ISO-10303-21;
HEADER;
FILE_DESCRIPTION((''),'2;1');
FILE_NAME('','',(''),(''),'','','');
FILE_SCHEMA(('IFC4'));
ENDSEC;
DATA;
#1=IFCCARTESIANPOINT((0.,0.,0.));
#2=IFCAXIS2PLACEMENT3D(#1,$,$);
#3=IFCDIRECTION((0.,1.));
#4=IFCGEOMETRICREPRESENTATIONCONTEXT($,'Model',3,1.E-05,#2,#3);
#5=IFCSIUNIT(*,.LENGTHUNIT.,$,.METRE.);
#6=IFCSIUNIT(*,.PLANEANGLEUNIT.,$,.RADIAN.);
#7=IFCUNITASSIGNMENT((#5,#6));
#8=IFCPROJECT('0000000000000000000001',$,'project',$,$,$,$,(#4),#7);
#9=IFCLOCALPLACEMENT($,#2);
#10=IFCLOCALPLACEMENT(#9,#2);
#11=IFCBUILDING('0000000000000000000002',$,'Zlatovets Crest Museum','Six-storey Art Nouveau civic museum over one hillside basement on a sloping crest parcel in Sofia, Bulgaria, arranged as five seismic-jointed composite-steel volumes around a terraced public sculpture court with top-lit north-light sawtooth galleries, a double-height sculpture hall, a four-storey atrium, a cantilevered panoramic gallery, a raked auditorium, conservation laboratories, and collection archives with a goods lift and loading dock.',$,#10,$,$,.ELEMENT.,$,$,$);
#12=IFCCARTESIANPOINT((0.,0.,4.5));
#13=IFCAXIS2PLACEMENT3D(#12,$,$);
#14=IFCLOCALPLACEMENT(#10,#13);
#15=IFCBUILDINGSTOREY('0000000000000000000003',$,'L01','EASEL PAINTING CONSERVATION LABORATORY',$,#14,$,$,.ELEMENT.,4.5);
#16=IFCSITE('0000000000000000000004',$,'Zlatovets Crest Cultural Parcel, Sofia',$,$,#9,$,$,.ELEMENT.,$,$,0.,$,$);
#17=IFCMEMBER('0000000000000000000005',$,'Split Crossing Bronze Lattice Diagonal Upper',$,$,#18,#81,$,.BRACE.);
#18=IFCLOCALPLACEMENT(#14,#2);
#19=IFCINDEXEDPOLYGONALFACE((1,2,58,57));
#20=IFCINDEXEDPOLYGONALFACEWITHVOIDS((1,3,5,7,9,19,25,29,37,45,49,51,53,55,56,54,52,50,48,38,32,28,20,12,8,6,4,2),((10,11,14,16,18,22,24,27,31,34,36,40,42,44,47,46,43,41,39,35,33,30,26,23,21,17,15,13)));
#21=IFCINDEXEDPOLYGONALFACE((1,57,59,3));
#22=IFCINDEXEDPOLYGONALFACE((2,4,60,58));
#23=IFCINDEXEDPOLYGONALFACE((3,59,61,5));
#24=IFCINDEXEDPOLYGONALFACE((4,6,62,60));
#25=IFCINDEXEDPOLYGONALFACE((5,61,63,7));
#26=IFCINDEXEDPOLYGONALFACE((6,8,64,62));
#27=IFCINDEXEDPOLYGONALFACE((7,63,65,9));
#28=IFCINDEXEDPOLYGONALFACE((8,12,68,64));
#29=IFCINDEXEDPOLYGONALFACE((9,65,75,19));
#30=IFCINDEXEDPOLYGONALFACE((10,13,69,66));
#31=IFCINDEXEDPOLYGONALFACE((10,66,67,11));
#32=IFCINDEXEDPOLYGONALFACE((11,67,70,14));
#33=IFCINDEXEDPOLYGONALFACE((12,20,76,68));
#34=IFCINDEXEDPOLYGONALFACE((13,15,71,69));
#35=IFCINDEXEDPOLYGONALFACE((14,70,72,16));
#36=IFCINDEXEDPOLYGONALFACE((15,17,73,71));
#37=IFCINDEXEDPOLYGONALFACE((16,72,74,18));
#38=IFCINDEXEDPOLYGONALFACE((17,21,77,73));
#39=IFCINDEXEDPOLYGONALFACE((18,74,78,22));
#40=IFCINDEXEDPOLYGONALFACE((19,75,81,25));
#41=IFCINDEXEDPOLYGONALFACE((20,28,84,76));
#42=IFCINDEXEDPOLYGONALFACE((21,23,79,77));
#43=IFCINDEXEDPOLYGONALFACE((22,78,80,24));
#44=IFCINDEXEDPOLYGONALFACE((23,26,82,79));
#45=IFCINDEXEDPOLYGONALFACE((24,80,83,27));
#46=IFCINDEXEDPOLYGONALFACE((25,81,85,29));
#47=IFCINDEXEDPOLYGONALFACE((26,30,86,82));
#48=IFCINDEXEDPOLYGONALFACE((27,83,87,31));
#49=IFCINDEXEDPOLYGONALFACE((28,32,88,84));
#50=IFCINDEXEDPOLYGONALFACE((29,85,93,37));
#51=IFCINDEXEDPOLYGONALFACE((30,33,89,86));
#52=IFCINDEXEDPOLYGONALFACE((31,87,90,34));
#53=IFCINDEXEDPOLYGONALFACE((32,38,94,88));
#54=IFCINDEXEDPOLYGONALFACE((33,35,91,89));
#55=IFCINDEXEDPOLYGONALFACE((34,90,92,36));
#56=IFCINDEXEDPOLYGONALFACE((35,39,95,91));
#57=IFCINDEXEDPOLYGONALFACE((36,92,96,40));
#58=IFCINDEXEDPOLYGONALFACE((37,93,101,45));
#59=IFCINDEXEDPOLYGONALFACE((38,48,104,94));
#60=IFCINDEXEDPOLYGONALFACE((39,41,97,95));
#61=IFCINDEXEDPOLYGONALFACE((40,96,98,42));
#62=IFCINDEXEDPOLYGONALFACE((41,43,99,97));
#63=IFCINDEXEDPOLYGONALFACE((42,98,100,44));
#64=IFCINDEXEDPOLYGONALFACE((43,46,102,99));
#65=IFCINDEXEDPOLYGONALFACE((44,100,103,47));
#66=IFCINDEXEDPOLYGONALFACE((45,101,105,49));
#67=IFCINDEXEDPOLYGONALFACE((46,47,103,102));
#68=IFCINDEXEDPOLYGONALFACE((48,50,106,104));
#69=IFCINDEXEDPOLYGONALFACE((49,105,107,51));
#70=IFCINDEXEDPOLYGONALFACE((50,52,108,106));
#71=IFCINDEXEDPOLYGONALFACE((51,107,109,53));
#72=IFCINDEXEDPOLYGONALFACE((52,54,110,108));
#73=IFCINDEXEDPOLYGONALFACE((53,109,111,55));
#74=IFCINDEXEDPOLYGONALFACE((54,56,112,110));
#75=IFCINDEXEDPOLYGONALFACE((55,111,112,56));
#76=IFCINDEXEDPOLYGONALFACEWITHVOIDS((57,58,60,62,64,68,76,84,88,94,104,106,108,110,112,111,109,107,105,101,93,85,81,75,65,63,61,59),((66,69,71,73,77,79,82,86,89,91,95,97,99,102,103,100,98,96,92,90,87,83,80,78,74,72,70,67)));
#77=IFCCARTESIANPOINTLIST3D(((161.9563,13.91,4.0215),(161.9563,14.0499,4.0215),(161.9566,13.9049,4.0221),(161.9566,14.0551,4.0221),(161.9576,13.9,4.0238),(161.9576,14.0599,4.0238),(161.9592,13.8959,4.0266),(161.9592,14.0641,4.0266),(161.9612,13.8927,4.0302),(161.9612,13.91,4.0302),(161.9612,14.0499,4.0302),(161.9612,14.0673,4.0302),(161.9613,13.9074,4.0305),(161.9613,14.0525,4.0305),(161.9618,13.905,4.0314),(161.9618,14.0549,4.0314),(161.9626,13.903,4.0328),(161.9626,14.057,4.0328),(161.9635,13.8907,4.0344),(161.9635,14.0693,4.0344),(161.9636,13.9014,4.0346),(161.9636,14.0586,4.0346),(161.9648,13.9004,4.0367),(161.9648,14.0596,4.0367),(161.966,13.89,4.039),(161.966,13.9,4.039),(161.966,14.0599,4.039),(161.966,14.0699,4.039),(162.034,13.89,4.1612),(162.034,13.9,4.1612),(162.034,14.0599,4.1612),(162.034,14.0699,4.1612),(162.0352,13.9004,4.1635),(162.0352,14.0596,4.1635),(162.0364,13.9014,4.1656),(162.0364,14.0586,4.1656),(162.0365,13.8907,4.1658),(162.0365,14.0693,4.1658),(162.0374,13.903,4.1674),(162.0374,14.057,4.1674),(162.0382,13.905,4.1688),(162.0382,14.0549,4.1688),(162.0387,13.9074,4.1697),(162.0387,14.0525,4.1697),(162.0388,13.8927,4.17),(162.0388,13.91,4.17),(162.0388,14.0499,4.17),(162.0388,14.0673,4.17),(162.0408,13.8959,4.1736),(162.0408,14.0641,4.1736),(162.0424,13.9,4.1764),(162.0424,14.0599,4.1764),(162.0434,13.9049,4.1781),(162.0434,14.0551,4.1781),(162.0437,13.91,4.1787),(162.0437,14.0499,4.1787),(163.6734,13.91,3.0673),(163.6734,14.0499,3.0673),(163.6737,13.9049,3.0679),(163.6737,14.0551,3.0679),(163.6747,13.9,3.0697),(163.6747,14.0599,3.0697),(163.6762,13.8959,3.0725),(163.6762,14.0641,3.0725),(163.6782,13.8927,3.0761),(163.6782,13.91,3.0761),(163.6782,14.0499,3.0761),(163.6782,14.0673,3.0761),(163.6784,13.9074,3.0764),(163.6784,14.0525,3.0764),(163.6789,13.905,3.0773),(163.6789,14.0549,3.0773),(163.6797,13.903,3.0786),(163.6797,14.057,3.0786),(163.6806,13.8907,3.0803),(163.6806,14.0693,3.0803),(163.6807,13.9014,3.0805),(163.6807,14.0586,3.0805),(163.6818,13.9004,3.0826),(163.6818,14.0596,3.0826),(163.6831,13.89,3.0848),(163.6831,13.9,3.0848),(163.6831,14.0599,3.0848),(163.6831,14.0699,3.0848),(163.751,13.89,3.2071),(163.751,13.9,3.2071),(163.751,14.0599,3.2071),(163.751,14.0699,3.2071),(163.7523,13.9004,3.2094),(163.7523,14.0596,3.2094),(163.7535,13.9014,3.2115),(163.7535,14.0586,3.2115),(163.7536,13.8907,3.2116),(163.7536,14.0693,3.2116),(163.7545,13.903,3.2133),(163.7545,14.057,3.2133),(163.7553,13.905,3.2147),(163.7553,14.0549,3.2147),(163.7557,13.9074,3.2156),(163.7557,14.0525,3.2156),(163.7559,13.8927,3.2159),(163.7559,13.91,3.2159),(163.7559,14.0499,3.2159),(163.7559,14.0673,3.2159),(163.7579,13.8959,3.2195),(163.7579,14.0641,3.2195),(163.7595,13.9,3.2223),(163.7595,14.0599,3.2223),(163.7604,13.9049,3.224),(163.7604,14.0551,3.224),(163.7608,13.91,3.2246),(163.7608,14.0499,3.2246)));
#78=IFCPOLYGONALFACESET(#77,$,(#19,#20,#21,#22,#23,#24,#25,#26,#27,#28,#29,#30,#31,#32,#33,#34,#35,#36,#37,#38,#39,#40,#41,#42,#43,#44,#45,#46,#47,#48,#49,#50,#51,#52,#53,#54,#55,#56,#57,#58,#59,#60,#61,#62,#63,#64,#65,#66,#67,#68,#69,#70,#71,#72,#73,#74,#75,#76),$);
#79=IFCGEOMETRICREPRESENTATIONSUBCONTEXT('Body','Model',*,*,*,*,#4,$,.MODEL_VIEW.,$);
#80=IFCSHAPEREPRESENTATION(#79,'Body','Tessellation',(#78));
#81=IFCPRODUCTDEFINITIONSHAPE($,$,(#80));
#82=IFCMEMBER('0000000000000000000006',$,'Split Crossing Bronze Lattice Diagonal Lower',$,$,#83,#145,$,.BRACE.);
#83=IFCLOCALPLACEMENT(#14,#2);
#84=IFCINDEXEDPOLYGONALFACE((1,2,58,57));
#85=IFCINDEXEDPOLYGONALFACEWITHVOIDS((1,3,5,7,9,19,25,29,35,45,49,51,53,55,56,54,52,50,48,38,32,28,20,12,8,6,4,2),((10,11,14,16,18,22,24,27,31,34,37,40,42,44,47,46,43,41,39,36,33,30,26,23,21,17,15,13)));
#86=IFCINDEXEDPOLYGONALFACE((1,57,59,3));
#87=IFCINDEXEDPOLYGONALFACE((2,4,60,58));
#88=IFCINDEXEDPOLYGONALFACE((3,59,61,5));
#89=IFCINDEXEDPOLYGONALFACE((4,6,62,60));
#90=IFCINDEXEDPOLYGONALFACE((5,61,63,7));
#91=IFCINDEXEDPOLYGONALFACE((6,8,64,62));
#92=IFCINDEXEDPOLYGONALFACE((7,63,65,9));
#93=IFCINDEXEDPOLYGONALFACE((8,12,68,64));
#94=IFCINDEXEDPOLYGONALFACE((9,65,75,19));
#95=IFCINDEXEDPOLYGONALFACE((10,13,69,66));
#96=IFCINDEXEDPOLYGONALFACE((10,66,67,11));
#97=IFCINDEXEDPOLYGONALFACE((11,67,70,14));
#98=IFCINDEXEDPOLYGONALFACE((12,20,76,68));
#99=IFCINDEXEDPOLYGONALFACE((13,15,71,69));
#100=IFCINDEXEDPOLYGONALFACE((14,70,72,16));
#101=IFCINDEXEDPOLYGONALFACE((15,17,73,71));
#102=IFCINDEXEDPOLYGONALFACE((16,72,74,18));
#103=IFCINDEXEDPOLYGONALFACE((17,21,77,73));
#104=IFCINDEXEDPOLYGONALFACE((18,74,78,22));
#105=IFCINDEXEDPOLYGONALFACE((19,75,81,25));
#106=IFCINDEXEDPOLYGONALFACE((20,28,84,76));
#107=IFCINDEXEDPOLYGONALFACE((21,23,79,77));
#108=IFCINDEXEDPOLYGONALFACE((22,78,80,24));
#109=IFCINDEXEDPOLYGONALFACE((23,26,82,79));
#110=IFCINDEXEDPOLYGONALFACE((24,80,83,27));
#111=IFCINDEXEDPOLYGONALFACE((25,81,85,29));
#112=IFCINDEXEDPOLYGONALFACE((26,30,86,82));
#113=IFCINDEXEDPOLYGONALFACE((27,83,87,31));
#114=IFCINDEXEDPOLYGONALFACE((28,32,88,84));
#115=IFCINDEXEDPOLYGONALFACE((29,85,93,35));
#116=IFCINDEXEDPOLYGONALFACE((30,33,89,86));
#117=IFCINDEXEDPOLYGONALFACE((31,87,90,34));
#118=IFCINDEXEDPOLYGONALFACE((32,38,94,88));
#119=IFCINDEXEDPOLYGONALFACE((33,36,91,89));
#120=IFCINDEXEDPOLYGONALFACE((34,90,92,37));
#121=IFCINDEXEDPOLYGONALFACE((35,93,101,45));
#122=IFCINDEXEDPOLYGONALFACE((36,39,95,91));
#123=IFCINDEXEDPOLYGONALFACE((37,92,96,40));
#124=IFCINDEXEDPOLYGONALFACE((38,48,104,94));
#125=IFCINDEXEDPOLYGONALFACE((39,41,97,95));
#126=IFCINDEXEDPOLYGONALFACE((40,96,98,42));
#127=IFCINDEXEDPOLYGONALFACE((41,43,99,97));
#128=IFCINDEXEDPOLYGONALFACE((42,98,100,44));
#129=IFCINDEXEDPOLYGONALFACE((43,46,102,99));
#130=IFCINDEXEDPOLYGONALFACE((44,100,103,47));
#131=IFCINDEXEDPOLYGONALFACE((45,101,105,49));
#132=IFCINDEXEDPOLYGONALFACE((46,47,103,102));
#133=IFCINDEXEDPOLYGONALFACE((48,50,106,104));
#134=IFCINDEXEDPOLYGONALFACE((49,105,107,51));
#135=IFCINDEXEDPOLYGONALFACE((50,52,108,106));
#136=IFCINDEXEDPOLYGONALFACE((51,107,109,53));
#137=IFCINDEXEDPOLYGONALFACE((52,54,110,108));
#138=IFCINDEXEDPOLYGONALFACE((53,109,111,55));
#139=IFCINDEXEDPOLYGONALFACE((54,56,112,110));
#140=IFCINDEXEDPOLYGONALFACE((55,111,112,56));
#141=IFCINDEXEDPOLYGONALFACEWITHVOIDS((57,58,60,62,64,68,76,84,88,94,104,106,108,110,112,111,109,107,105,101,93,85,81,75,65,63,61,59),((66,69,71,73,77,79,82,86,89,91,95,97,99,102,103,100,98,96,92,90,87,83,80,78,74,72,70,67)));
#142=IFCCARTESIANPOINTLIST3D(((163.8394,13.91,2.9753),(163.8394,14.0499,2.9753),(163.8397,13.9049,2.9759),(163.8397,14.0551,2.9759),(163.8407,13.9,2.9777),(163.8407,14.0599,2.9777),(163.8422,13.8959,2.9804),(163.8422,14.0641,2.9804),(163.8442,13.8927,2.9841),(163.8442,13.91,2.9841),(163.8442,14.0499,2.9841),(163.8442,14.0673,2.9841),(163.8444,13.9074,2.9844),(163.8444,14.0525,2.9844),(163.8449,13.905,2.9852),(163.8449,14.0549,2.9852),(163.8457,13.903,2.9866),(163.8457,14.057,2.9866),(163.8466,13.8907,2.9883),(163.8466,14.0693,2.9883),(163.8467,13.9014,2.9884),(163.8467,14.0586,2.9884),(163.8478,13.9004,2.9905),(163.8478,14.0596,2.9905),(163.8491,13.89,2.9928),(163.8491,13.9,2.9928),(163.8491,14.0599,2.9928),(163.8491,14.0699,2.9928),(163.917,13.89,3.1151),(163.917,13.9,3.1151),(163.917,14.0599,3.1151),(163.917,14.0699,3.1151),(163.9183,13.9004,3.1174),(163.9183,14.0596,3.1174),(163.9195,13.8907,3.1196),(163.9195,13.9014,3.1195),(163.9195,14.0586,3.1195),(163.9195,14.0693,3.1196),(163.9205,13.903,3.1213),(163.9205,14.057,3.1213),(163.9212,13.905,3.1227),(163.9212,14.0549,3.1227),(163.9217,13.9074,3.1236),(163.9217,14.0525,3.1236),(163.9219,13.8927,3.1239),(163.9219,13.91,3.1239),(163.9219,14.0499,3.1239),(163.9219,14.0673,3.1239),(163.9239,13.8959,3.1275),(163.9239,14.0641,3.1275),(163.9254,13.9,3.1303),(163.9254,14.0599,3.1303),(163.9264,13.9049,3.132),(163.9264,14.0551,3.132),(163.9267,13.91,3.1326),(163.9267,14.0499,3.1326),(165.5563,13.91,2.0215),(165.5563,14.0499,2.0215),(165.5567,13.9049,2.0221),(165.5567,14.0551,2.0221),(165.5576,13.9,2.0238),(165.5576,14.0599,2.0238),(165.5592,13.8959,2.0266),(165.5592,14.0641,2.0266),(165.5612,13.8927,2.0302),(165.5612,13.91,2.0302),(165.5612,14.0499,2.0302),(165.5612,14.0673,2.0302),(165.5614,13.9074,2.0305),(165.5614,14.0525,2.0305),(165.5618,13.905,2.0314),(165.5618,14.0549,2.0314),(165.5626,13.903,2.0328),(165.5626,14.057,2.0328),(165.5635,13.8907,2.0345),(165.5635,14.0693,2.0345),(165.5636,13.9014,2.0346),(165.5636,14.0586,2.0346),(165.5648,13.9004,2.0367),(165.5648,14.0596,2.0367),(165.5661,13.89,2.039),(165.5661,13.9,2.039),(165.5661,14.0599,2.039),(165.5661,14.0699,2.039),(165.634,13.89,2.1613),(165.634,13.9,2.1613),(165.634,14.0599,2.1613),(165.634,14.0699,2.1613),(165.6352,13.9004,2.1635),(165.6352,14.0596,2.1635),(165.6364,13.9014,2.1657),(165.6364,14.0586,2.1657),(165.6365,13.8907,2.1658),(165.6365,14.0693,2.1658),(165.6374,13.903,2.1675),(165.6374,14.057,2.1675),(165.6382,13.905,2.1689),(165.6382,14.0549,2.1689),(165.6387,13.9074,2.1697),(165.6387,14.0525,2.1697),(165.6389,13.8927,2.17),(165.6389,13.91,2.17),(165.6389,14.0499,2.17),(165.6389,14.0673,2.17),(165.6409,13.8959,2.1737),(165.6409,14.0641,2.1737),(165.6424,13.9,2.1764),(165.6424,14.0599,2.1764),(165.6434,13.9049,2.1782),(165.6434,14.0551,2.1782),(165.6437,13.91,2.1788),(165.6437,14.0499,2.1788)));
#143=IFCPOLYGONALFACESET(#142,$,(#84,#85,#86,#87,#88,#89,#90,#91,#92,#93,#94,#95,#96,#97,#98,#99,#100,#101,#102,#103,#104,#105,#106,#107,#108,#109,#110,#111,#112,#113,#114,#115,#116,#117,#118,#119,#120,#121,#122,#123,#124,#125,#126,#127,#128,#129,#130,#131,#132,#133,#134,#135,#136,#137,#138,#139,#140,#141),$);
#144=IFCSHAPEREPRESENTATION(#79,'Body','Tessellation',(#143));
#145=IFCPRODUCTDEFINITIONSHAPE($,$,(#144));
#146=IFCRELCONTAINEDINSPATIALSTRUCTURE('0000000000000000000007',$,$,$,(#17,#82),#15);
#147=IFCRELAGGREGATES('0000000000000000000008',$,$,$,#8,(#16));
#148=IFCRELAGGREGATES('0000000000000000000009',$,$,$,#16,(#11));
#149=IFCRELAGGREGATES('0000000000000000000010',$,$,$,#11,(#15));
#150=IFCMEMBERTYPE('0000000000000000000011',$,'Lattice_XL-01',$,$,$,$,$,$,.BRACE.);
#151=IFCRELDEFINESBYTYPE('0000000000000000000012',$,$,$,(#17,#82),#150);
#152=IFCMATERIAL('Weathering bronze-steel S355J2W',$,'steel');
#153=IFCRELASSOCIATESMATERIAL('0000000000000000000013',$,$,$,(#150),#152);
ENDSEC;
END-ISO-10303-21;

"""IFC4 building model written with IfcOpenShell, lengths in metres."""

from ifc_helpers import new_model, si_unit, direction, frame, origin, origin_2d, place, context, subcontext, project, spatial, hollow_rectangle, extrude, material, material_profile, profile_set, type_object, element, save


model = new_model("IFC4")

# Units and contexts
model_context = context("Model", 3, precision=1e-05, world=origin(), true_north=direction((0.0, 1.0)))
body_context = subcontext(model_context, "Body", "Model", "MODEL_VIEW")
ifc_project = project(units=[si_unit("LENGTHUNIT", "METRE"), si_unit("PLANEANGLEUNIT", "RADIAN")], contexts=[model_context])

# Site, building, storey
site_placement = place(None, origin())
site = spatial("IfcSite", under=ifc_project, at=site_placement, Name="Zlatovets Crest Cultural Parcel, Sofia", CompositionType="ELEMENT", RefElevation=0.0)
building_placement = place(site_placement, origin())
building = spatial("IfcBuilding", under=site, at=building_placement, Name="Zlatovets Crest Museum", Description="Six-storey Art Nouveau civic museum over one hillside basement on a sloping crest parcel in Sofia, Bulgaria, arranged as five seismic-jointed composite-steel volumes around a terraced public sculpture court with top-lit north-light sawtooth galleries, a double-height sculpture hall, a four-storey atrium, a cantilevered panoramic gallery, a raked auditorium, conservation laboratories, and collection archives with a goods lift and loading dock.", CompositionType="ELEMENT")
storey_placement = place(building_placement, frame((0.0, 0.0, 4.5)))
storey = spatial("IfcBuildingStorey", under=building, at=storey_placement, Name="L01", Description="EASEL PAINTING CONSERVATION LABORATORY", CompositionType="ELEMENT", Elevation=4.5)

# Members
ifc_material_1 = material(Name="Weathering bronze-steel S355J2W", Category="steel")
ifc_material_profile_1 = material_profile(ifc_material_1, hollow_rectangle(XDim=0.1799, YDim=0.1799, WallThickness=0.01, InnerFilletRadius=0.01, OuterFilletRadius=0.02, at=origin_2d()), Name="SHS 180x180x10.0")
ifc_profile_set_1 = profile_set([ifc_material_profile_1], Name="Weathering bronze-steel S355J2W")
member_type_1 = type_object("IfcMemberType", Name="Lattice_XL-01", PredefinedType="BRACE", material=ifc_profile_set_1)
member_1_placement = place(storey_placement, frame((162.0, 13.98, 4.1001), z_axis=(0.874116, 0.0, -0.485717), x_axis=(0.0, 1.0, 0.0)))
element("IfcMember", 1, at=member_1_placement, inside=storey, type_object=member_type_1, Name="Split Crossing Bronze Lattice Diagonal Upper", PredefinedType="BRACE", context=body_context, shape_type="SweptSolid", body=[
    extrude(hollow_rectangle(XDim=0.1799, YDim=0.1799, WallThickness=0.01, InnerFilletRadius=0.01, OuterFilletRadius=0.02, at=origin_2d()), origin(), (0.0, 0.0, 1.0), 1.9644),
])
member_2_placement = place(storey_placement, frame((163.8831, 13.98, 3.054), z_axis=(0.874169, 0.0, -0.485622), x_axis=(0.0, 1.0, 0.0)))
element("IfcMember", 2, at=member_2_placement, inside=storey, type_object=member_type_1, Name="Split Crossing Bronze Lattice Diagonal Lower", PredefinedType="BRACE", context=body_context, shape_type="SweptSolid", body=[
    extrude(hollow_rectangle(XDim=0.1799, YDim=0.1799, WallThickness=0.01, InnerFilletRadius=0.01, OuterFilletRadius=0.02, at=origin_2d()), origin(), (0.0, 0.0, 1.0), 1.9641),
])

save(model, "model.ifc")
